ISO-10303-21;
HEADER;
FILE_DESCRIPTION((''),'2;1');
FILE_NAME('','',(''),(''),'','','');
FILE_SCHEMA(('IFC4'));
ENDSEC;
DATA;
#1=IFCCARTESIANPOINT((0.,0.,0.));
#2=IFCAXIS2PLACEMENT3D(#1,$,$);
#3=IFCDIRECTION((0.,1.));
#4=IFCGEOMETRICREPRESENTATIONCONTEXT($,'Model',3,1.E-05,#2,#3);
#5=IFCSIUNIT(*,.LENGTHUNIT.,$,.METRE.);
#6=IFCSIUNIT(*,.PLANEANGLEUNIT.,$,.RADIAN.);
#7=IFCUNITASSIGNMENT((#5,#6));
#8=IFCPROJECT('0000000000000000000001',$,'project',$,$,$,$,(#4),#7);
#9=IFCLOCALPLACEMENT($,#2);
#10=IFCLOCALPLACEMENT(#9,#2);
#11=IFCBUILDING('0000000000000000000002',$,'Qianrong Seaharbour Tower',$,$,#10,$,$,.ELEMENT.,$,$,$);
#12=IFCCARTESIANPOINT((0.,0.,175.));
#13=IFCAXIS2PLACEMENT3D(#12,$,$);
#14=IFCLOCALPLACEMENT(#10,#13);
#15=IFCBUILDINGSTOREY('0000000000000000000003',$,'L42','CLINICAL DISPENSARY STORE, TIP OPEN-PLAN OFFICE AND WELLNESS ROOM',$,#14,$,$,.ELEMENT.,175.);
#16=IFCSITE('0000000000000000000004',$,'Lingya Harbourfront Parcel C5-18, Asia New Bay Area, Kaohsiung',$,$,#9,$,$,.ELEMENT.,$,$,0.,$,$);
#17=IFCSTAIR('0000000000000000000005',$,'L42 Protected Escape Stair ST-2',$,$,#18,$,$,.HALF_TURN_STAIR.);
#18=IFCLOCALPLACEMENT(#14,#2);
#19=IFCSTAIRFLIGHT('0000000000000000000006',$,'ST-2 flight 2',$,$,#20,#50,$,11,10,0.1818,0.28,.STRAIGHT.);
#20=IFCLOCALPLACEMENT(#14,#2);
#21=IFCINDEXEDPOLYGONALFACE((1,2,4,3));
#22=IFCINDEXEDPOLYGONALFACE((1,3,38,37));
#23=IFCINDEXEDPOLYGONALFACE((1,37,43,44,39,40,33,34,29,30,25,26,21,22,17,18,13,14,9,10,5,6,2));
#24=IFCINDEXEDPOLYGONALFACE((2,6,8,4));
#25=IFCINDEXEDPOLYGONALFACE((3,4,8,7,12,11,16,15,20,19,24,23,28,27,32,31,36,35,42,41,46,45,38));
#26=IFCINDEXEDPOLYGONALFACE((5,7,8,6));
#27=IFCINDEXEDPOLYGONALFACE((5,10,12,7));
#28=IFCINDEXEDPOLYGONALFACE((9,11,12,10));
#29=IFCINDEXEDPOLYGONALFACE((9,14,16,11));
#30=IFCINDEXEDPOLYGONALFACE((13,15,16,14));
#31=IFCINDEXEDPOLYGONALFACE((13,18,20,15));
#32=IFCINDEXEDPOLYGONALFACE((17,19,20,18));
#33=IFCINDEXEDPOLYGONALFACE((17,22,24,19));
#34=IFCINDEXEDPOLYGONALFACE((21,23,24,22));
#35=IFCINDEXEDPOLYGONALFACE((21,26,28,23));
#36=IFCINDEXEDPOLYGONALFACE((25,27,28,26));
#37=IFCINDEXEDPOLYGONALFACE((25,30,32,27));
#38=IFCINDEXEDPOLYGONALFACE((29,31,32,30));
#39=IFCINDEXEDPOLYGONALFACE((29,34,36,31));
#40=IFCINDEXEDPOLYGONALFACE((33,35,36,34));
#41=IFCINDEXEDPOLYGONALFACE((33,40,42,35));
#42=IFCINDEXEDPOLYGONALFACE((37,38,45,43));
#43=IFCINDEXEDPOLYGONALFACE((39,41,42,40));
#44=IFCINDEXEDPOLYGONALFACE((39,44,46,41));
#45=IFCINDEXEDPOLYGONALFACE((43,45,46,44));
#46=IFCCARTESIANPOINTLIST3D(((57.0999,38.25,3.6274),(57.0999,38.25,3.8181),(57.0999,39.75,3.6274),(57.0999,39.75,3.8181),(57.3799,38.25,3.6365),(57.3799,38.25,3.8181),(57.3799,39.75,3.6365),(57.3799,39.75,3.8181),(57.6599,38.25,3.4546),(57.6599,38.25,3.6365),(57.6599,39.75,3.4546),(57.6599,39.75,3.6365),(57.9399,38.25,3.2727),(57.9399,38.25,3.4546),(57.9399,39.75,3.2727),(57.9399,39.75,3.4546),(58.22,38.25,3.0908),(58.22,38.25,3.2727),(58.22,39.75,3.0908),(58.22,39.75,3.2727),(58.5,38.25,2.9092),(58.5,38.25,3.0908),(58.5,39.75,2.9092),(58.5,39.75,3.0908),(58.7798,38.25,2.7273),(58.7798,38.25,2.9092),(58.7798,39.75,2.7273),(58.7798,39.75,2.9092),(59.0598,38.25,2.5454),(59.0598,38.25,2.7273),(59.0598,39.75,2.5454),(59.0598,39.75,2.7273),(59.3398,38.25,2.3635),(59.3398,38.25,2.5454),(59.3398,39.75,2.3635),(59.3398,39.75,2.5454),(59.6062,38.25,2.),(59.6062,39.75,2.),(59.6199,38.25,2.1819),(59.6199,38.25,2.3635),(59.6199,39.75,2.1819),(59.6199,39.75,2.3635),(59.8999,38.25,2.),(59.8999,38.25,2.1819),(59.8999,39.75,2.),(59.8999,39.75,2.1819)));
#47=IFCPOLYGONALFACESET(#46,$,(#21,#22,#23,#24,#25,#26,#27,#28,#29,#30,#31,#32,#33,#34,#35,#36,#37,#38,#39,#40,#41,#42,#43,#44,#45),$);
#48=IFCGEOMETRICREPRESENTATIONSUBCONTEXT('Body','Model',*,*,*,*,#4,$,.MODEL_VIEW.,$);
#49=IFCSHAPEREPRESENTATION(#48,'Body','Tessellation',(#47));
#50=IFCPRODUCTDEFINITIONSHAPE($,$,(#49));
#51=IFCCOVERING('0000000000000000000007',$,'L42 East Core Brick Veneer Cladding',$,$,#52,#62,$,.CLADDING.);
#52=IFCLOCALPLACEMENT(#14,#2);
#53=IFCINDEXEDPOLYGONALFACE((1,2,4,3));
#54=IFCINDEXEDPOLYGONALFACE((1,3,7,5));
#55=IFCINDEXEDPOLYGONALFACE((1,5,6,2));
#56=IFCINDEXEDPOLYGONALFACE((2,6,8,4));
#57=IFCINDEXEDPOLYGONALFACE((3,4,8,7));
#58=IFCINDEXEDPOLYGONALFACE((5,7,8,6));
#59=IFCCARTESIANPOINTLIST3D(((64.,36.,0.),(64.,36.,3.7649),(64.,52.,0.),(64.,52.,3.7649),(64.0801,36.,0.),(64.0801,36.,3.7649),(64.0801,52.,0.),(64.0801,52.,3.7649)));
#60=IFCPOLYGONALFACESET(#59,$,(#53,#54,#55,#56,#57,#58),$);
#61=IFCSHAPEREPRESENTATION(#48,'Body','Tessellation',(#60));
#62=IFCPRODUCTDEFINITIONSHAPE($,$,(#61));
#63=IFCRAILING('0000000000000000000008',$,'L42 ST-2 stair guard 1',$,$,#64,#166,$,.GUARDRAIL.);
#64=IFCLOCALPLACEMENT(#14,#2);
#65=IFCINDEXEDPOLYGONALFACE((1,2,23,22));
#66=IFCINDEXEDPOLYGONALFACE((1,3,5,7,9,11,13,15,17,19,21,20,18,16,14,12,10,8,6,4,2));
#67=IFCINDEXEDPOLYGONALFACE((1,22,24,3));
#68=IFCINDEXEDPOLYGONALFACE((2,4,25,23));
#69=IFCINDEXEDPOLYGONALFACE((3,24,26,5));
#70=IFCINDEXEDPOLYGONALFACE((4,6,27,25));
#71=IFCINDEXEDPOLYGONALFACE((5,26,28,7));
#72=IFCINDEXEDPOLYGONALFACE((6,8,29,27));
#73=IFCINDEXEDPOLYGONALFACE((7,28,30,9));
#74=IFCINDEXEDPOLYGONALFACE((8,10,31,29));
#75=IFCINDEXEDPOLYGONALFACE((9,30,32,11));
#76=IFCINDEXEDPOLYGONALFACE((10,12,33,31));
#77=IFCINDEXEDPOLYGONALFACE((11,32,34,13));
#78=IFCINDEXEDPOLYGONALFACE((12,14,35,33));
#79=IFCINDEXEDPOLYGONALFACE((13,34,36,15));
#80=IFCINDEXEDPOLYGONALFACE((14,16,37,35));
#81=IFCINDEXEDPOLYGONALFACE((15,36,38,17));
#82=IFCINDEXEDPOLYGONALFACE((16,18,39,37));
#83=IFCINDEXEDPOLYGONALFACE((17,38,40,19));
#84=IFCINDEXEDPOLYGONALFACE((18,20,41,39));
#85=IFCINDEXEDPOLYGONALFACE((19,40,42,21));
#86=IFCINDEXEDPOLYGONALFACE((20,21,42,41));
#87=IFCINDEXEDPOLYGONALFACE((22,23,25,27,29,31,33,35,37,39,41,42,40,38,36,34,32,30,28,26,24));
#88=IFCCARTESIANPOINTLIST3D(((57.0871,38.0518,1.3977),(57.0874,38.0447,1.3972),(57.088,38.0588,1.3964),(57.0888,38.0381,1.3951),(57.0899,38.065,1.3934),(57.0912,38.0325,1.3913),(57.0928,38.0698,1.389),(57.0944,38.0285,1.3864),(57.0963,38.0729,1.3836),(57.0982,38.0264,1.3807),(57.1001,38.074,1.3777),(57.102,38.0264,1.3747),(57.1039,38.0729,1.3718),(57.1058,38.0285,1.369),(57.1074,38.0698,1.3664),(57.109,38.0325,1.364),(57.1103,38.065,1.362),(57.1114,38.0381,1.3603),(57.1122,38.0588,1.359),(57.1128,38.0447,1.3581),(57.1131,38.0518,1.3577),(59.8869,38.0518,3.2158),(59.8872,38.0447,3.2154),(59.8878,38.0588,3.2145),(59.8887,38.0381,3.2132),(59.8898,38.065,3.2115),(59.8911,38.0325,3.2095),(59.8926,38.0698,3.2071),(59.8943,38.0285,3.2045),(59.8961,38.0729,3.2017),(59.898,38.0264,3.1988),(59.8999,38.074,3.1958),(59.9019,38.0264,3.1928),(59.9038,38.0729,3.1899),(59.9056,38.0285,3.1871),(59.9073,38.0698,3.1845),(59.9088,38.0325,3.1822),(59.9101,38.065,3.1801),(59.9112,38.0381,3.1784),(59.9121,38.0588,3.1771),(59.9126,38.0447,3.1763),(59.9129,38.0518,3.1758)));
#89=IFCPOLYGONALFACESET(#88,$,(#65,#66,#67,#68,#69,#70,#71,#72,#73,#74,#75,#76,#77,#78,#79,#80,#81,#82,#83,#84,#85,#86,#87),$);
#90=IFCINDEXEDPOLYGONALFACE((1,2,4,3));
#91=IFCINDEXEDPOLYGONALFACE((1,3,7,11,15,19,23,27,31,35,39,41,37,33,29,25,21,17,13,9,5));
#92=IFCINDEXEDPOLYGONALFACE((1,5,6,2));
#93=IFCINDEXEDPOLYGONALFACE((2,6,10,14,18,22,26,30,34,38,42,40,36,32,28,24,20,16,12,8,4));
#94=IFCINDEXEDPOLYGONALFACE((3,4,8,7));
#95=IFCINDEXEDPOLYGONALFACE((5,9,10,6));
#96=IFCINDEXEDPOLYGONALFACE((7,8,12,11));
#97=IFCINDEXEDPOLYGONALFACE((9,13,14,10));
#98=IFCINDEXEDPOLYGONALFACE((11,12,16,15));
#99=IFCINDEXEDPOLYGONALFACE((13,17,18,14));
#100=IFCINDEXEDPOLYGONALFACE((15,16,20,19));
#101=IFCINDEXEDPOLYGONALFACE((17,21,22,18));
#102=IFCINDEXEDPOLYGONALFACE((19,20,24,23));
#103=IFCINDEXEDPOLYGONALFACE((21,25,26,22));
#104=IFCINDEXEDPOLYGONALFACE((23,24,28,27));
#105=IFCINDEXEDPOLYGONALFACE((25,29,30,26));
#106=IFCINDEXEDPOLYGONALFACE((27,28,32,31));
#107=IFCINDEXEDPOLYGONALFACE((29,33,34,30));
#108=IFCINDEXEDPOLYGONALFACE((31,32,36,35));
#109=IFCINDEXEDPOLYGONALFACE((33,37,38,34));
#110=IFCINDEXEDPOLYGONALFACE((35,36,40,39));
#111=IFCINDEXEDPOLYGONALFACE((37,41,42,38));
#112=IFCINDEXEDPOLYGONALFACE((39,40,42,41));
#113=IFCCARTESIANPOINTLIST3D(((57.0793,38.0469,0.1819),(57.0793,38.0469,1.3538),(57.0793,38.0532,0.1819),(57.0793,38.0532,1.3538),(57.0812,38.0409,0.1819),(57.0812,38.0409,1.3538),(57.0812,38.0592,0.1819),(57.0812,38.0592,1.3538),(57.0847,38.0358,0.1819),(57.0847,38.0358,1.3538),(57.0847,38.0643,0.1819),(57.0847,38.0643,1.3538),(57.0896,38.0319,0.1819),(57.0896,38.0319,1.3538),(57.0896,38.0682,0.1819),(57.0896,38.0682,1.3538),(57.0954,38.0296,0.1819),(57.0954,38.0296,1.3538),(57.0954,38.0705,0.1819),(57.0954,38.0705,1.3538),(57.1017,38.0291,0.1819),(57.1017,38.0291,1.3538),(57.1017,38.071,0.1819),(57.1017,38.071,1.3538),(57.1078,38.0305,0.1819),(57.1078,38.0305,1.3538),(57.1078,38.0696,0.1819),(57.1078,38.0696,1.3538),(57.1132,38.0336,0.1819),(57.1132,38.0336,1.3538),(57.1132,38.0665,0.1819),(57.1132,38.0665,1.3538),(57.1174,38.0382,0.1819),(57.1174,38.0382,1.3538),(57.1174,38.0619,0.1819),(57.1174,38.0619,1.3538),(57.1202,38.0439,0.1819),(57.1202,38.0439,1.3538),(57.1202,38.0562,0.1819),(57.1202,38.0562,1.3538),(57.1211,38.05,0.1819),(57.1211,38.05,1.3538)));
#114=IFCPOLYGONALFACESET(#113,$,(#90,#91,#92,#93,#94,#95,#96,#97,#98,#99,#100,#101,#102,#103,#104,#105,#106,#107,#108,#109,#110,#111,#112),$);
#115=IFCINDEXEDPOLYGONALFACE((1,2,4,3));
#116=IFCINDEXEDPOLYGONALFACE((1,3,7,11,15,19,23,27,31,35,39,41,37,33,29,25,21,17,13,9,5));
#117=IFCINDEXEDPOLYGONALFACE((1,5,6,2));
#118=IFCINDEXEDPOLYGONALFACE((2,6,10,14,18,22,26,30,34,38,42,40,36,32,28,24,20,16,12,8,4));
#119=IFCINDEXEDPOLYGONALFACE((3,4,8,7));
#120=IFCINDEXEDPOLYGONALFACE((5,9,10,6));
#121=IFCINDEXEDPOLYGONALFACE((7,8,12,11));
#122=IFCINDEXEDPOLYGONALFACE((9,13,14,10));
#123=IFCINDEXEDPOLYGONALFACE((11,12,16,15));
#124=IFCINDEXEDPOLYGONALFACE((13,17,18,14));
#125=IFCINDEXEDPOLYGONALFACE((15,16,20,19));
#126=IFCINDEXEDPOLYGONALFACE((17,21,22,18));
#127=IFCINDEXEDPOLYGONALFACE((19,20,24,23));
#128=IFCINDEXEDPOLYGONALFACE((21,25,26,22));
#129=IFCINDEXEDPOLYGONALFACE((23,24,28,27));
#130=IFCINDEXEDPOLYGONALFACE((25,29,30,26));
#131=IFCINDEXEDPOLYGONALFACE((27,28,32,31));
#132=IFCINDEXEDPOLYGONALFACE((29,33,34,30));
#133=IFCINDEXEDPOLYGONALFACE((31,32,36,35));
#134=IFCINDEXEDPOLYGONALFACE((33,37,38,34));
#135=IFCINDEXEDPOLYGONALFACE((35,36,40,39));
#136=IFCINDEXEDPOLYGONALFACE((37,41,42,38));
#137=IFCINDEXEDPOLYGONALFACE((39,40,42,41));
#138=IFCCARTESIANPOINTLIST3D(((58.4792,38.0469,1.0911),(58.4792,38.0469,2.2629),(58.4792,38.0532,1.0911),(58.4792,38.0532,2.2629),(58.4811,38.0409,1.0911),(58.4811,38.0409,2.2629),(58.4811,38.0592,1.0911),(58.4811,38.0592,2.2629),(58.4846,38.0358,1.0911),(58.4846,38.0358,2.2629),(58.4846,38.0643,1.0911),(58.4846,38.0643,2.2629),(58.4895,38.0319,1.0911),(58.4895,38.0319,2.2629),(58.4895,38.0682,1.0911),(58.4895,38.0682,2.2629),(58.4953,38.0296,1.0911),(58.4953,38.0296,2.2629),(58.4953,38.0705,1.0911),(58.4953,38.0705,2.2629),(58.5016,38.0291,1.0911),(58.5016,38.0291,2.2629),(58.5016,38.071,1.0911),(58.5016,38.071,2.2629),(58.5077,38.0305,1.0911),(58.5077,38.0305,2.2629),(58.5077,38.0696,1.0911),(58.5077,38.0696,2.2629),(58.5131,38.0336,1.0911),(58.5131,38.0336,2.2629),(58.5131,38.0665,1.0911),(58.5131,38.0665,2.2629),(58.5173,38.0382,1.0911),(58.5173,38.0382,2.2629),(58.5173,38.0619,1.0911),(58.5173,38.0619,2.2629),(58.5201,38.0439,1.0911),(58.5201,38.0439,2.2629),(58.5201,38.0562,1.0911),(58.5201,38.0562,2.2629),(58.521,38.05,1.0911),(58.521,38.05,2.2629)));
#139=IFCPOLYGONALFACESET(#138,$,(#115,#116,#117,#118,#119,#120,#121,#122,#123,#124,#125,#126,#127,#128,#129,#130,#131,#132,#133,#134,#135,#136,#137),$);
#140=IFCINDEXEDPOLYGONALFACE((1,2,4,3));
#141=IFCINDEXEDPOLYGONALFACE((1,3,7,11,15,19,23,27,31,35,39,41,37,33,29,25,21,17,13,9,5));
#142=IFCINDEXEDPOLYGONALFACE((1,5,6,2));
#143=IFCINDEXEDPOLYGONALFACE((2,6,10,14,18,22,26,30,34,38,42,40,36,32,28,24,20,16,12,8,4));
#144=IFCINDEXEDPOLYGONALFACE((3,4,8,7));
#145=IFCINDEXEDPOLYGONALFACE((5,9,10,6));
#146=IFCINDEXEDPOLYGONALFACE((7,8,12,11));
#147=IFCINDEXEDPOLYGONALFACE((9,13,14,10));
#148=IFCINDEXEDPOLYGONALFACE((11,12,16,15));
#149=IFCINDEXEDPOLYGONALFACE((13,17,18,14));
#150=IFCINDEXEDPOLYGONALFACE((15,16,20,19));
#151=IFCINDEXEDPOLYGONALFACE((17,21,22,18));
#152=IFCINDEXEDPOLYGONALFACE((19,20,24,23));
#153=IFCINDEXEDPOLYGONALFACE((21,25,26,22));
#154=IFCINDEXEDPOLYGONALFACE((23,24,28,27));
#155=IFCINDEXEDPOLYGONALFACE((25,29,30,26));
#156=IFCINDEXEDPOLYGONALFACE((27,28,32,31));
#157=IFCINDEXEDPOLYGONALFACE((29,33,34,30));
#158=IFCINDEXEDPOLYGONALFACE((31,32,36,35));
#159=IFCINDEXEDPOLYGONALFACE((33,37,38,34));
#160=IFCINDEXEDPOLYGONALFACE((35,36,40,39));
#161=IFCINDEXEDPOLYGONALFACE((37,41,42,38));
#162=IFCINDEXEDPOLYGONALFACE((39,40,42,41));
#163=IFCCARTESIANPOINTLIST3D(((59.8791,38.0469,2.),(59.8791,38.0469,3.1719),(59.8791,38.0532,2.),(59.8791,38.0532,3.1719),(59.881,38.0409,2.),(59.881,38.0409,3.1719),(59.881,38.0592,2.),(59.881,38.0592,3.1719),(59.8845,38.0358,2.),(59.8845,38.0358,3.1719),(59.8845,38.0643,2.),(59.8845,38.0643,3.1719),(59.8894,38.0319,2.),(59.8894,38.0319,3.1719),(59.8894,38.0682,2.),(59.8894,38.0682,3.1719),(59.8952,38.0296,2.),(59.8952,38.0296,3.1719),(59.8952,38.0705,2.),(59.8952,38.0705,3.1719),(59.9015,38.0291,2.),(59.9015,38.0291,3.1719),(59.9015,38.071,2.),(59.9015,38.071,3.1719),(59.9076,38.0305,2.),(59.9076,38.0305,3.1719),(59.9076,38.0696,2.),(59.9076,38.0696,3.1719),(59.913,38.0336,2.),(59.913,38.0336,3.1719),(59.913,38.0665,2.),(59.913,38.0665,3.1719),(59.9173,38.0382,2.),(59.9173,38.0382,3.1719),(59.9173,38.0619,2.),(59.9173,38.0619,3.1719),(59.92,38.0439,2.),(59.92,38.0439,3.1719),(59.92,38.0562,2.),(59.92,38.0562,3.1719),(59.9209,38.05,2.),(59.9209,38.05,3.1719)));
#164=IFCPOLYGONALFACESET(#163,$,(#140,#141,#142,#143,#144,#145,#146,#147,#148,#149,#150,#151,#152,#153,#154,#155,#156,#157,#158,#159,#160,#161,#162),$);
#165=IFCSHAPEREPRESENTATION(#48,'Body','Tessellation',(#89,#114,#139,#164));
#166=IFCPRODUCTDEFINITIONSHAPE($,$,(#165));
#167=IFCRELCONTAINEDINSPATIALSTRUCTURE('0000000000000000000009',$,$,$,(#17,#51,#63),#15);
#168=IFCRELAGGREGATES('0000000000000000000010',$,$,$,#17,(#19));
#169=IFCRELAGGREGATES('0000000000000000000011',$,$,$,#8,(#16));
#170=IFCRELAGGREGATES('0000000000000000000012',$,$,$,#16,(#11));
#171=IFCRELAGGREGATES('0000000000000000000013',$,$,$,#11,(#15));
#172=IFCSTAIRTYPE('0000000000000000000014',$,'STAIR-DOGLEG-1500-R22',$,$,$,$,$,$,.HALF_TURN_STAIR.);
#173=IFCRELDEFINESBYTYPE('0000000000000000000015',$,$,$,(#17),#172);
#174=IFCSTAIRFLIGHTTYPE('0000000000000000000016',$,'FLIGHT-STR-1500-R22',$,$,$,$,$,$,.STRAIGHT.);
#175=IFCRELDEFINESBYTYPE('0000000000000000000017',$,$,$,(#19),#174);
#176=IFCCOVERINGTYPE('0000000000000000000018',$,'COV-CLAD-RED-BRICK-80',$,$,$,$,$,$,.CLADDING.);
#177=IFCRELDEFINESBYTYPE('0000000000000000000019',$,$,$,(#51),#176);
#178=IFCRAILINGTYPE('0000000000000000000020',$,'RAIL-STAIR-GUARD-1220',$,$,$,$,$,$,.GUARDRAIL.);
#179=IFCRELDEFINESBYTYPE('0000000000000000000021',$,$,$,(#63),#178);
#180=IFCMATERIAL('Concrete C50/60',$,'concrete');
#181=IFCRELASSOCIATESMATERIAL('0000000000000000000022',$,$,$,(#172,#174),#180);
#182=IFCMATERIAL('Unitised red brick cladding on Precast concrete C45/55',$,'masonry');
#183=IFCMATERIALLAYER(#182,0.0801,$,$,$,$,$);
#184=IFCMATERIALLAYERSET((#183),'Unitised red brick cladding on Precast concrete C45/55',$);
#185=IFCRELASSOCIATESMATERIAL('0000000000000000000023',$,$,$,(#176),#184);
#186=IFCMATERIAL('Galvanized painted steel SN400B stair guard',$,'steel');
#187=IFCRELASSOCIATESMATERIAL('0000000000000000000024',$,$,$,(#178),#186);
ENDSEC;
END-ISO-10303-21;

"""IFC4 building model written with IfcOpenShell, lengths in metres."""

from ifc_helpers import new_model, si_unit, direction, frame, origin, origin_2d, place, context, subcontext, project, spatial, polyline, rectangle, circle, outline, extrude, material, layer, layer_set, type_object, element, aggregate, save


model = new_model("IFC4")

# Units and contexts
model_context = context("Model", 3, precision=1e-05, world=origin(), true_north=direction((0.0, 1.0)))
body_context = subcontext(model_context, "Body", "Model", "MODEL_VIEW")
ifc_project = project(units=[si_unit("LENGTHUNIT", "METRE"), si_unit("PLANEANGLEUNIT", "RADIAN")], contexts=[model_context])

# Site, building, storey
site_placement = place(None, origin())
site = spatial("IfcSite", under=ifc_project, at=site_placement, Name="Lingya Harbourfront Parcel C5-18, Asia New Bay Area, Kaohsiung", CompositionType="ELEMENT", RefElevation=0.0)
building_placement = place(site_placement, origin())
building = spatial("IfcBuilding", under=site, at=building_placement, Name="Qianrong Seaharbour Tower", CompositionType="ELEMENT")
storey_placement = place(building_placement, frame((0.0, 0.0, 175.0)))
storey = spatial("IfcBuildingStorey", under=building, at=storey_placement, Name="L42", Description="CLINICAL DISPENSARY STORE, TIP OPEN-PLAN OFFICE AND WELLNESS ROOM", CompositionType="ELEMENT", Elevation=175.0)

# Shared definitions
ifc_material_1 = material(Name="Concrete C50/60", Category="concrete")

# Stair, stair flight
stair_type = type_object("IfcStairType", Name="STAIR-DOGLEG-1500-R22", PredefinedType="HALF_TURN_STAIR", material=ifc_material_1)
stair_placement = place(storey_placement, origin())
stair = element("IfcStair", 1, at=stair_placement, inside=storey, type_object=stair_type, Name="L42 Protected Escape Stair ST-2", PredefinedType="HALF_TURN_STAIR")
stair_flight_type = type_object("IfcStairFlightType", Name="FLIGHT-STR-1500-R22", PredefinedType="STRAIGHT", material=ifc_material_1)
stair_flight_1_placement = place(storey_placement, frame((59.8999, 39.0, 2.0), z_axis=(0.0, 0.0, 1.0), x_axis=(-1.0, 0.0, 0.0)))
stair_flight_1 = element("IfcStairFlight", 2, at=stair_flight_1_placement, type_object=stair_flight_type, Name="ST-2 flight 2", NumberOfRisers=11, NumberOfTreads=10, PredefinedType="STRAIGHT", RiserHeight=0.1818, TreadLength=0.28, context=body_context, shape_type="SweptSolid", body=[
    extrude(outline(polyline([(0.0, 0.0), (0.0, 0.1819), (0.28, 0.1819), (0.28, 0.3635), (0.5601, 0.3635), (0.5601, 0.5454), (0.8401, 0.5454), (0.8401, 0.7273), (1.1201, 0.7273), (1.1201, 0.9092), (1.3999, 0.9092), (1.3999, 1.0908), (1.6799, 1.0908), (1.6799, 1.2727), (1.96, 1.2727), (1.96, 1.4546), (2.24, 1.4546), (2.24, 1.6365), (2.52, 1.6365), (2.52, 1.8181), (2.8, 1.8181), (2.8, 2.0), (2.8, 1.6274), (0.2937, 0.0), (0.0, 0.0)])), frame((0.0, 0.75, 0.0), z_axis=(0.0, -1.0, 0.0), x_axis=(1.0, 0.0, 0.0)), (0.0, 0.0, 1.0), 1.5),
])
aggregate(stair, [stair_flight_1])

# Covering
ifc_material_2 = material(Name="Unitised red brick cladding on Precast concrete C45/55", Category="masonry")
ifc_layer_1 = layer(ifc_material_2, 0.0801)
ifc_layer_set_1 = layer_set([ifc_layer_1], Name="Unitised red brick cladding on Precast concrete C45/55")
covering_type = type_object("IfcCoveringType", Name="COV-CLAD-RED-BRICK-80", PredefinedType="CLADDING", material=ifc_layer_set_1)
covering_placement = place(storey_placement, frame((64.04, 44.0, 0.0), z_axis=(0.0, 0.0, 1.0), x_axis=(1.0, 0.0, 0.0)))
element("IfcCovering", 3, at=covering_placement, inside=storey, type_object=covering_type, Name="L42 East Core Brick Veneer Cladding", PredefinedType="CLADDING", context=body_context, shape_type="SweptSolid", body=[
    extrude(rectangle(XDim=0.0801, YDim=16.0, at=origin_2d()), origin(), (0.0, 0.0, 1.0), 3.7649),
])

# Railing
ifc_material_3 = material(Name="Galvanized painted steel SN400B stair guard", Category="steel")
railing_type_1 = type_object("IfcRailingType", Name="RAIL-STAIR-GUARD-1220", PredefinedType="GUARDRAIL", material=ifc_material_3)
railing_1_placement = place(storey_placement, frame((57.1001, 38.05, 0.1819)))
element("IfcRailing", 4, at=railing_1_placement, inside=storey, type_object=railing_type_1, Name="L42 ST-2 stair guard 1", PredefinedType="GUARDRAIL", context=body_context, shape_type="SweptSolid", body=[
    extrude(circle(Radius=0.0239, at=origin_2d()), frame((0.0, 0.0, 1.1958), z_axis=(0.838684, 0.0, 0.544618), x_axis=(0.0, 1.0, 0.0)), (0.0, 0.0, 1.0), 3.3384),
    extrude(circle(Radius=0.021, at=origin_2d()), origin(), (0.0, 0.0, 1.0), 1.1719),
    extrude(circle(Radius=0.021, at=origin_2d()), frame((1.3999, 0.0, 0.9092)), (0.0, 0.0, 1.0), 1.1719),
    extrude(circle(Radius=0.021, at=origin_2d()), frame((2.7998, 0.0, 1.8181)), (0.0, 0.0, 1.0), 1.1719),
])

save(model, "model.ifc")
